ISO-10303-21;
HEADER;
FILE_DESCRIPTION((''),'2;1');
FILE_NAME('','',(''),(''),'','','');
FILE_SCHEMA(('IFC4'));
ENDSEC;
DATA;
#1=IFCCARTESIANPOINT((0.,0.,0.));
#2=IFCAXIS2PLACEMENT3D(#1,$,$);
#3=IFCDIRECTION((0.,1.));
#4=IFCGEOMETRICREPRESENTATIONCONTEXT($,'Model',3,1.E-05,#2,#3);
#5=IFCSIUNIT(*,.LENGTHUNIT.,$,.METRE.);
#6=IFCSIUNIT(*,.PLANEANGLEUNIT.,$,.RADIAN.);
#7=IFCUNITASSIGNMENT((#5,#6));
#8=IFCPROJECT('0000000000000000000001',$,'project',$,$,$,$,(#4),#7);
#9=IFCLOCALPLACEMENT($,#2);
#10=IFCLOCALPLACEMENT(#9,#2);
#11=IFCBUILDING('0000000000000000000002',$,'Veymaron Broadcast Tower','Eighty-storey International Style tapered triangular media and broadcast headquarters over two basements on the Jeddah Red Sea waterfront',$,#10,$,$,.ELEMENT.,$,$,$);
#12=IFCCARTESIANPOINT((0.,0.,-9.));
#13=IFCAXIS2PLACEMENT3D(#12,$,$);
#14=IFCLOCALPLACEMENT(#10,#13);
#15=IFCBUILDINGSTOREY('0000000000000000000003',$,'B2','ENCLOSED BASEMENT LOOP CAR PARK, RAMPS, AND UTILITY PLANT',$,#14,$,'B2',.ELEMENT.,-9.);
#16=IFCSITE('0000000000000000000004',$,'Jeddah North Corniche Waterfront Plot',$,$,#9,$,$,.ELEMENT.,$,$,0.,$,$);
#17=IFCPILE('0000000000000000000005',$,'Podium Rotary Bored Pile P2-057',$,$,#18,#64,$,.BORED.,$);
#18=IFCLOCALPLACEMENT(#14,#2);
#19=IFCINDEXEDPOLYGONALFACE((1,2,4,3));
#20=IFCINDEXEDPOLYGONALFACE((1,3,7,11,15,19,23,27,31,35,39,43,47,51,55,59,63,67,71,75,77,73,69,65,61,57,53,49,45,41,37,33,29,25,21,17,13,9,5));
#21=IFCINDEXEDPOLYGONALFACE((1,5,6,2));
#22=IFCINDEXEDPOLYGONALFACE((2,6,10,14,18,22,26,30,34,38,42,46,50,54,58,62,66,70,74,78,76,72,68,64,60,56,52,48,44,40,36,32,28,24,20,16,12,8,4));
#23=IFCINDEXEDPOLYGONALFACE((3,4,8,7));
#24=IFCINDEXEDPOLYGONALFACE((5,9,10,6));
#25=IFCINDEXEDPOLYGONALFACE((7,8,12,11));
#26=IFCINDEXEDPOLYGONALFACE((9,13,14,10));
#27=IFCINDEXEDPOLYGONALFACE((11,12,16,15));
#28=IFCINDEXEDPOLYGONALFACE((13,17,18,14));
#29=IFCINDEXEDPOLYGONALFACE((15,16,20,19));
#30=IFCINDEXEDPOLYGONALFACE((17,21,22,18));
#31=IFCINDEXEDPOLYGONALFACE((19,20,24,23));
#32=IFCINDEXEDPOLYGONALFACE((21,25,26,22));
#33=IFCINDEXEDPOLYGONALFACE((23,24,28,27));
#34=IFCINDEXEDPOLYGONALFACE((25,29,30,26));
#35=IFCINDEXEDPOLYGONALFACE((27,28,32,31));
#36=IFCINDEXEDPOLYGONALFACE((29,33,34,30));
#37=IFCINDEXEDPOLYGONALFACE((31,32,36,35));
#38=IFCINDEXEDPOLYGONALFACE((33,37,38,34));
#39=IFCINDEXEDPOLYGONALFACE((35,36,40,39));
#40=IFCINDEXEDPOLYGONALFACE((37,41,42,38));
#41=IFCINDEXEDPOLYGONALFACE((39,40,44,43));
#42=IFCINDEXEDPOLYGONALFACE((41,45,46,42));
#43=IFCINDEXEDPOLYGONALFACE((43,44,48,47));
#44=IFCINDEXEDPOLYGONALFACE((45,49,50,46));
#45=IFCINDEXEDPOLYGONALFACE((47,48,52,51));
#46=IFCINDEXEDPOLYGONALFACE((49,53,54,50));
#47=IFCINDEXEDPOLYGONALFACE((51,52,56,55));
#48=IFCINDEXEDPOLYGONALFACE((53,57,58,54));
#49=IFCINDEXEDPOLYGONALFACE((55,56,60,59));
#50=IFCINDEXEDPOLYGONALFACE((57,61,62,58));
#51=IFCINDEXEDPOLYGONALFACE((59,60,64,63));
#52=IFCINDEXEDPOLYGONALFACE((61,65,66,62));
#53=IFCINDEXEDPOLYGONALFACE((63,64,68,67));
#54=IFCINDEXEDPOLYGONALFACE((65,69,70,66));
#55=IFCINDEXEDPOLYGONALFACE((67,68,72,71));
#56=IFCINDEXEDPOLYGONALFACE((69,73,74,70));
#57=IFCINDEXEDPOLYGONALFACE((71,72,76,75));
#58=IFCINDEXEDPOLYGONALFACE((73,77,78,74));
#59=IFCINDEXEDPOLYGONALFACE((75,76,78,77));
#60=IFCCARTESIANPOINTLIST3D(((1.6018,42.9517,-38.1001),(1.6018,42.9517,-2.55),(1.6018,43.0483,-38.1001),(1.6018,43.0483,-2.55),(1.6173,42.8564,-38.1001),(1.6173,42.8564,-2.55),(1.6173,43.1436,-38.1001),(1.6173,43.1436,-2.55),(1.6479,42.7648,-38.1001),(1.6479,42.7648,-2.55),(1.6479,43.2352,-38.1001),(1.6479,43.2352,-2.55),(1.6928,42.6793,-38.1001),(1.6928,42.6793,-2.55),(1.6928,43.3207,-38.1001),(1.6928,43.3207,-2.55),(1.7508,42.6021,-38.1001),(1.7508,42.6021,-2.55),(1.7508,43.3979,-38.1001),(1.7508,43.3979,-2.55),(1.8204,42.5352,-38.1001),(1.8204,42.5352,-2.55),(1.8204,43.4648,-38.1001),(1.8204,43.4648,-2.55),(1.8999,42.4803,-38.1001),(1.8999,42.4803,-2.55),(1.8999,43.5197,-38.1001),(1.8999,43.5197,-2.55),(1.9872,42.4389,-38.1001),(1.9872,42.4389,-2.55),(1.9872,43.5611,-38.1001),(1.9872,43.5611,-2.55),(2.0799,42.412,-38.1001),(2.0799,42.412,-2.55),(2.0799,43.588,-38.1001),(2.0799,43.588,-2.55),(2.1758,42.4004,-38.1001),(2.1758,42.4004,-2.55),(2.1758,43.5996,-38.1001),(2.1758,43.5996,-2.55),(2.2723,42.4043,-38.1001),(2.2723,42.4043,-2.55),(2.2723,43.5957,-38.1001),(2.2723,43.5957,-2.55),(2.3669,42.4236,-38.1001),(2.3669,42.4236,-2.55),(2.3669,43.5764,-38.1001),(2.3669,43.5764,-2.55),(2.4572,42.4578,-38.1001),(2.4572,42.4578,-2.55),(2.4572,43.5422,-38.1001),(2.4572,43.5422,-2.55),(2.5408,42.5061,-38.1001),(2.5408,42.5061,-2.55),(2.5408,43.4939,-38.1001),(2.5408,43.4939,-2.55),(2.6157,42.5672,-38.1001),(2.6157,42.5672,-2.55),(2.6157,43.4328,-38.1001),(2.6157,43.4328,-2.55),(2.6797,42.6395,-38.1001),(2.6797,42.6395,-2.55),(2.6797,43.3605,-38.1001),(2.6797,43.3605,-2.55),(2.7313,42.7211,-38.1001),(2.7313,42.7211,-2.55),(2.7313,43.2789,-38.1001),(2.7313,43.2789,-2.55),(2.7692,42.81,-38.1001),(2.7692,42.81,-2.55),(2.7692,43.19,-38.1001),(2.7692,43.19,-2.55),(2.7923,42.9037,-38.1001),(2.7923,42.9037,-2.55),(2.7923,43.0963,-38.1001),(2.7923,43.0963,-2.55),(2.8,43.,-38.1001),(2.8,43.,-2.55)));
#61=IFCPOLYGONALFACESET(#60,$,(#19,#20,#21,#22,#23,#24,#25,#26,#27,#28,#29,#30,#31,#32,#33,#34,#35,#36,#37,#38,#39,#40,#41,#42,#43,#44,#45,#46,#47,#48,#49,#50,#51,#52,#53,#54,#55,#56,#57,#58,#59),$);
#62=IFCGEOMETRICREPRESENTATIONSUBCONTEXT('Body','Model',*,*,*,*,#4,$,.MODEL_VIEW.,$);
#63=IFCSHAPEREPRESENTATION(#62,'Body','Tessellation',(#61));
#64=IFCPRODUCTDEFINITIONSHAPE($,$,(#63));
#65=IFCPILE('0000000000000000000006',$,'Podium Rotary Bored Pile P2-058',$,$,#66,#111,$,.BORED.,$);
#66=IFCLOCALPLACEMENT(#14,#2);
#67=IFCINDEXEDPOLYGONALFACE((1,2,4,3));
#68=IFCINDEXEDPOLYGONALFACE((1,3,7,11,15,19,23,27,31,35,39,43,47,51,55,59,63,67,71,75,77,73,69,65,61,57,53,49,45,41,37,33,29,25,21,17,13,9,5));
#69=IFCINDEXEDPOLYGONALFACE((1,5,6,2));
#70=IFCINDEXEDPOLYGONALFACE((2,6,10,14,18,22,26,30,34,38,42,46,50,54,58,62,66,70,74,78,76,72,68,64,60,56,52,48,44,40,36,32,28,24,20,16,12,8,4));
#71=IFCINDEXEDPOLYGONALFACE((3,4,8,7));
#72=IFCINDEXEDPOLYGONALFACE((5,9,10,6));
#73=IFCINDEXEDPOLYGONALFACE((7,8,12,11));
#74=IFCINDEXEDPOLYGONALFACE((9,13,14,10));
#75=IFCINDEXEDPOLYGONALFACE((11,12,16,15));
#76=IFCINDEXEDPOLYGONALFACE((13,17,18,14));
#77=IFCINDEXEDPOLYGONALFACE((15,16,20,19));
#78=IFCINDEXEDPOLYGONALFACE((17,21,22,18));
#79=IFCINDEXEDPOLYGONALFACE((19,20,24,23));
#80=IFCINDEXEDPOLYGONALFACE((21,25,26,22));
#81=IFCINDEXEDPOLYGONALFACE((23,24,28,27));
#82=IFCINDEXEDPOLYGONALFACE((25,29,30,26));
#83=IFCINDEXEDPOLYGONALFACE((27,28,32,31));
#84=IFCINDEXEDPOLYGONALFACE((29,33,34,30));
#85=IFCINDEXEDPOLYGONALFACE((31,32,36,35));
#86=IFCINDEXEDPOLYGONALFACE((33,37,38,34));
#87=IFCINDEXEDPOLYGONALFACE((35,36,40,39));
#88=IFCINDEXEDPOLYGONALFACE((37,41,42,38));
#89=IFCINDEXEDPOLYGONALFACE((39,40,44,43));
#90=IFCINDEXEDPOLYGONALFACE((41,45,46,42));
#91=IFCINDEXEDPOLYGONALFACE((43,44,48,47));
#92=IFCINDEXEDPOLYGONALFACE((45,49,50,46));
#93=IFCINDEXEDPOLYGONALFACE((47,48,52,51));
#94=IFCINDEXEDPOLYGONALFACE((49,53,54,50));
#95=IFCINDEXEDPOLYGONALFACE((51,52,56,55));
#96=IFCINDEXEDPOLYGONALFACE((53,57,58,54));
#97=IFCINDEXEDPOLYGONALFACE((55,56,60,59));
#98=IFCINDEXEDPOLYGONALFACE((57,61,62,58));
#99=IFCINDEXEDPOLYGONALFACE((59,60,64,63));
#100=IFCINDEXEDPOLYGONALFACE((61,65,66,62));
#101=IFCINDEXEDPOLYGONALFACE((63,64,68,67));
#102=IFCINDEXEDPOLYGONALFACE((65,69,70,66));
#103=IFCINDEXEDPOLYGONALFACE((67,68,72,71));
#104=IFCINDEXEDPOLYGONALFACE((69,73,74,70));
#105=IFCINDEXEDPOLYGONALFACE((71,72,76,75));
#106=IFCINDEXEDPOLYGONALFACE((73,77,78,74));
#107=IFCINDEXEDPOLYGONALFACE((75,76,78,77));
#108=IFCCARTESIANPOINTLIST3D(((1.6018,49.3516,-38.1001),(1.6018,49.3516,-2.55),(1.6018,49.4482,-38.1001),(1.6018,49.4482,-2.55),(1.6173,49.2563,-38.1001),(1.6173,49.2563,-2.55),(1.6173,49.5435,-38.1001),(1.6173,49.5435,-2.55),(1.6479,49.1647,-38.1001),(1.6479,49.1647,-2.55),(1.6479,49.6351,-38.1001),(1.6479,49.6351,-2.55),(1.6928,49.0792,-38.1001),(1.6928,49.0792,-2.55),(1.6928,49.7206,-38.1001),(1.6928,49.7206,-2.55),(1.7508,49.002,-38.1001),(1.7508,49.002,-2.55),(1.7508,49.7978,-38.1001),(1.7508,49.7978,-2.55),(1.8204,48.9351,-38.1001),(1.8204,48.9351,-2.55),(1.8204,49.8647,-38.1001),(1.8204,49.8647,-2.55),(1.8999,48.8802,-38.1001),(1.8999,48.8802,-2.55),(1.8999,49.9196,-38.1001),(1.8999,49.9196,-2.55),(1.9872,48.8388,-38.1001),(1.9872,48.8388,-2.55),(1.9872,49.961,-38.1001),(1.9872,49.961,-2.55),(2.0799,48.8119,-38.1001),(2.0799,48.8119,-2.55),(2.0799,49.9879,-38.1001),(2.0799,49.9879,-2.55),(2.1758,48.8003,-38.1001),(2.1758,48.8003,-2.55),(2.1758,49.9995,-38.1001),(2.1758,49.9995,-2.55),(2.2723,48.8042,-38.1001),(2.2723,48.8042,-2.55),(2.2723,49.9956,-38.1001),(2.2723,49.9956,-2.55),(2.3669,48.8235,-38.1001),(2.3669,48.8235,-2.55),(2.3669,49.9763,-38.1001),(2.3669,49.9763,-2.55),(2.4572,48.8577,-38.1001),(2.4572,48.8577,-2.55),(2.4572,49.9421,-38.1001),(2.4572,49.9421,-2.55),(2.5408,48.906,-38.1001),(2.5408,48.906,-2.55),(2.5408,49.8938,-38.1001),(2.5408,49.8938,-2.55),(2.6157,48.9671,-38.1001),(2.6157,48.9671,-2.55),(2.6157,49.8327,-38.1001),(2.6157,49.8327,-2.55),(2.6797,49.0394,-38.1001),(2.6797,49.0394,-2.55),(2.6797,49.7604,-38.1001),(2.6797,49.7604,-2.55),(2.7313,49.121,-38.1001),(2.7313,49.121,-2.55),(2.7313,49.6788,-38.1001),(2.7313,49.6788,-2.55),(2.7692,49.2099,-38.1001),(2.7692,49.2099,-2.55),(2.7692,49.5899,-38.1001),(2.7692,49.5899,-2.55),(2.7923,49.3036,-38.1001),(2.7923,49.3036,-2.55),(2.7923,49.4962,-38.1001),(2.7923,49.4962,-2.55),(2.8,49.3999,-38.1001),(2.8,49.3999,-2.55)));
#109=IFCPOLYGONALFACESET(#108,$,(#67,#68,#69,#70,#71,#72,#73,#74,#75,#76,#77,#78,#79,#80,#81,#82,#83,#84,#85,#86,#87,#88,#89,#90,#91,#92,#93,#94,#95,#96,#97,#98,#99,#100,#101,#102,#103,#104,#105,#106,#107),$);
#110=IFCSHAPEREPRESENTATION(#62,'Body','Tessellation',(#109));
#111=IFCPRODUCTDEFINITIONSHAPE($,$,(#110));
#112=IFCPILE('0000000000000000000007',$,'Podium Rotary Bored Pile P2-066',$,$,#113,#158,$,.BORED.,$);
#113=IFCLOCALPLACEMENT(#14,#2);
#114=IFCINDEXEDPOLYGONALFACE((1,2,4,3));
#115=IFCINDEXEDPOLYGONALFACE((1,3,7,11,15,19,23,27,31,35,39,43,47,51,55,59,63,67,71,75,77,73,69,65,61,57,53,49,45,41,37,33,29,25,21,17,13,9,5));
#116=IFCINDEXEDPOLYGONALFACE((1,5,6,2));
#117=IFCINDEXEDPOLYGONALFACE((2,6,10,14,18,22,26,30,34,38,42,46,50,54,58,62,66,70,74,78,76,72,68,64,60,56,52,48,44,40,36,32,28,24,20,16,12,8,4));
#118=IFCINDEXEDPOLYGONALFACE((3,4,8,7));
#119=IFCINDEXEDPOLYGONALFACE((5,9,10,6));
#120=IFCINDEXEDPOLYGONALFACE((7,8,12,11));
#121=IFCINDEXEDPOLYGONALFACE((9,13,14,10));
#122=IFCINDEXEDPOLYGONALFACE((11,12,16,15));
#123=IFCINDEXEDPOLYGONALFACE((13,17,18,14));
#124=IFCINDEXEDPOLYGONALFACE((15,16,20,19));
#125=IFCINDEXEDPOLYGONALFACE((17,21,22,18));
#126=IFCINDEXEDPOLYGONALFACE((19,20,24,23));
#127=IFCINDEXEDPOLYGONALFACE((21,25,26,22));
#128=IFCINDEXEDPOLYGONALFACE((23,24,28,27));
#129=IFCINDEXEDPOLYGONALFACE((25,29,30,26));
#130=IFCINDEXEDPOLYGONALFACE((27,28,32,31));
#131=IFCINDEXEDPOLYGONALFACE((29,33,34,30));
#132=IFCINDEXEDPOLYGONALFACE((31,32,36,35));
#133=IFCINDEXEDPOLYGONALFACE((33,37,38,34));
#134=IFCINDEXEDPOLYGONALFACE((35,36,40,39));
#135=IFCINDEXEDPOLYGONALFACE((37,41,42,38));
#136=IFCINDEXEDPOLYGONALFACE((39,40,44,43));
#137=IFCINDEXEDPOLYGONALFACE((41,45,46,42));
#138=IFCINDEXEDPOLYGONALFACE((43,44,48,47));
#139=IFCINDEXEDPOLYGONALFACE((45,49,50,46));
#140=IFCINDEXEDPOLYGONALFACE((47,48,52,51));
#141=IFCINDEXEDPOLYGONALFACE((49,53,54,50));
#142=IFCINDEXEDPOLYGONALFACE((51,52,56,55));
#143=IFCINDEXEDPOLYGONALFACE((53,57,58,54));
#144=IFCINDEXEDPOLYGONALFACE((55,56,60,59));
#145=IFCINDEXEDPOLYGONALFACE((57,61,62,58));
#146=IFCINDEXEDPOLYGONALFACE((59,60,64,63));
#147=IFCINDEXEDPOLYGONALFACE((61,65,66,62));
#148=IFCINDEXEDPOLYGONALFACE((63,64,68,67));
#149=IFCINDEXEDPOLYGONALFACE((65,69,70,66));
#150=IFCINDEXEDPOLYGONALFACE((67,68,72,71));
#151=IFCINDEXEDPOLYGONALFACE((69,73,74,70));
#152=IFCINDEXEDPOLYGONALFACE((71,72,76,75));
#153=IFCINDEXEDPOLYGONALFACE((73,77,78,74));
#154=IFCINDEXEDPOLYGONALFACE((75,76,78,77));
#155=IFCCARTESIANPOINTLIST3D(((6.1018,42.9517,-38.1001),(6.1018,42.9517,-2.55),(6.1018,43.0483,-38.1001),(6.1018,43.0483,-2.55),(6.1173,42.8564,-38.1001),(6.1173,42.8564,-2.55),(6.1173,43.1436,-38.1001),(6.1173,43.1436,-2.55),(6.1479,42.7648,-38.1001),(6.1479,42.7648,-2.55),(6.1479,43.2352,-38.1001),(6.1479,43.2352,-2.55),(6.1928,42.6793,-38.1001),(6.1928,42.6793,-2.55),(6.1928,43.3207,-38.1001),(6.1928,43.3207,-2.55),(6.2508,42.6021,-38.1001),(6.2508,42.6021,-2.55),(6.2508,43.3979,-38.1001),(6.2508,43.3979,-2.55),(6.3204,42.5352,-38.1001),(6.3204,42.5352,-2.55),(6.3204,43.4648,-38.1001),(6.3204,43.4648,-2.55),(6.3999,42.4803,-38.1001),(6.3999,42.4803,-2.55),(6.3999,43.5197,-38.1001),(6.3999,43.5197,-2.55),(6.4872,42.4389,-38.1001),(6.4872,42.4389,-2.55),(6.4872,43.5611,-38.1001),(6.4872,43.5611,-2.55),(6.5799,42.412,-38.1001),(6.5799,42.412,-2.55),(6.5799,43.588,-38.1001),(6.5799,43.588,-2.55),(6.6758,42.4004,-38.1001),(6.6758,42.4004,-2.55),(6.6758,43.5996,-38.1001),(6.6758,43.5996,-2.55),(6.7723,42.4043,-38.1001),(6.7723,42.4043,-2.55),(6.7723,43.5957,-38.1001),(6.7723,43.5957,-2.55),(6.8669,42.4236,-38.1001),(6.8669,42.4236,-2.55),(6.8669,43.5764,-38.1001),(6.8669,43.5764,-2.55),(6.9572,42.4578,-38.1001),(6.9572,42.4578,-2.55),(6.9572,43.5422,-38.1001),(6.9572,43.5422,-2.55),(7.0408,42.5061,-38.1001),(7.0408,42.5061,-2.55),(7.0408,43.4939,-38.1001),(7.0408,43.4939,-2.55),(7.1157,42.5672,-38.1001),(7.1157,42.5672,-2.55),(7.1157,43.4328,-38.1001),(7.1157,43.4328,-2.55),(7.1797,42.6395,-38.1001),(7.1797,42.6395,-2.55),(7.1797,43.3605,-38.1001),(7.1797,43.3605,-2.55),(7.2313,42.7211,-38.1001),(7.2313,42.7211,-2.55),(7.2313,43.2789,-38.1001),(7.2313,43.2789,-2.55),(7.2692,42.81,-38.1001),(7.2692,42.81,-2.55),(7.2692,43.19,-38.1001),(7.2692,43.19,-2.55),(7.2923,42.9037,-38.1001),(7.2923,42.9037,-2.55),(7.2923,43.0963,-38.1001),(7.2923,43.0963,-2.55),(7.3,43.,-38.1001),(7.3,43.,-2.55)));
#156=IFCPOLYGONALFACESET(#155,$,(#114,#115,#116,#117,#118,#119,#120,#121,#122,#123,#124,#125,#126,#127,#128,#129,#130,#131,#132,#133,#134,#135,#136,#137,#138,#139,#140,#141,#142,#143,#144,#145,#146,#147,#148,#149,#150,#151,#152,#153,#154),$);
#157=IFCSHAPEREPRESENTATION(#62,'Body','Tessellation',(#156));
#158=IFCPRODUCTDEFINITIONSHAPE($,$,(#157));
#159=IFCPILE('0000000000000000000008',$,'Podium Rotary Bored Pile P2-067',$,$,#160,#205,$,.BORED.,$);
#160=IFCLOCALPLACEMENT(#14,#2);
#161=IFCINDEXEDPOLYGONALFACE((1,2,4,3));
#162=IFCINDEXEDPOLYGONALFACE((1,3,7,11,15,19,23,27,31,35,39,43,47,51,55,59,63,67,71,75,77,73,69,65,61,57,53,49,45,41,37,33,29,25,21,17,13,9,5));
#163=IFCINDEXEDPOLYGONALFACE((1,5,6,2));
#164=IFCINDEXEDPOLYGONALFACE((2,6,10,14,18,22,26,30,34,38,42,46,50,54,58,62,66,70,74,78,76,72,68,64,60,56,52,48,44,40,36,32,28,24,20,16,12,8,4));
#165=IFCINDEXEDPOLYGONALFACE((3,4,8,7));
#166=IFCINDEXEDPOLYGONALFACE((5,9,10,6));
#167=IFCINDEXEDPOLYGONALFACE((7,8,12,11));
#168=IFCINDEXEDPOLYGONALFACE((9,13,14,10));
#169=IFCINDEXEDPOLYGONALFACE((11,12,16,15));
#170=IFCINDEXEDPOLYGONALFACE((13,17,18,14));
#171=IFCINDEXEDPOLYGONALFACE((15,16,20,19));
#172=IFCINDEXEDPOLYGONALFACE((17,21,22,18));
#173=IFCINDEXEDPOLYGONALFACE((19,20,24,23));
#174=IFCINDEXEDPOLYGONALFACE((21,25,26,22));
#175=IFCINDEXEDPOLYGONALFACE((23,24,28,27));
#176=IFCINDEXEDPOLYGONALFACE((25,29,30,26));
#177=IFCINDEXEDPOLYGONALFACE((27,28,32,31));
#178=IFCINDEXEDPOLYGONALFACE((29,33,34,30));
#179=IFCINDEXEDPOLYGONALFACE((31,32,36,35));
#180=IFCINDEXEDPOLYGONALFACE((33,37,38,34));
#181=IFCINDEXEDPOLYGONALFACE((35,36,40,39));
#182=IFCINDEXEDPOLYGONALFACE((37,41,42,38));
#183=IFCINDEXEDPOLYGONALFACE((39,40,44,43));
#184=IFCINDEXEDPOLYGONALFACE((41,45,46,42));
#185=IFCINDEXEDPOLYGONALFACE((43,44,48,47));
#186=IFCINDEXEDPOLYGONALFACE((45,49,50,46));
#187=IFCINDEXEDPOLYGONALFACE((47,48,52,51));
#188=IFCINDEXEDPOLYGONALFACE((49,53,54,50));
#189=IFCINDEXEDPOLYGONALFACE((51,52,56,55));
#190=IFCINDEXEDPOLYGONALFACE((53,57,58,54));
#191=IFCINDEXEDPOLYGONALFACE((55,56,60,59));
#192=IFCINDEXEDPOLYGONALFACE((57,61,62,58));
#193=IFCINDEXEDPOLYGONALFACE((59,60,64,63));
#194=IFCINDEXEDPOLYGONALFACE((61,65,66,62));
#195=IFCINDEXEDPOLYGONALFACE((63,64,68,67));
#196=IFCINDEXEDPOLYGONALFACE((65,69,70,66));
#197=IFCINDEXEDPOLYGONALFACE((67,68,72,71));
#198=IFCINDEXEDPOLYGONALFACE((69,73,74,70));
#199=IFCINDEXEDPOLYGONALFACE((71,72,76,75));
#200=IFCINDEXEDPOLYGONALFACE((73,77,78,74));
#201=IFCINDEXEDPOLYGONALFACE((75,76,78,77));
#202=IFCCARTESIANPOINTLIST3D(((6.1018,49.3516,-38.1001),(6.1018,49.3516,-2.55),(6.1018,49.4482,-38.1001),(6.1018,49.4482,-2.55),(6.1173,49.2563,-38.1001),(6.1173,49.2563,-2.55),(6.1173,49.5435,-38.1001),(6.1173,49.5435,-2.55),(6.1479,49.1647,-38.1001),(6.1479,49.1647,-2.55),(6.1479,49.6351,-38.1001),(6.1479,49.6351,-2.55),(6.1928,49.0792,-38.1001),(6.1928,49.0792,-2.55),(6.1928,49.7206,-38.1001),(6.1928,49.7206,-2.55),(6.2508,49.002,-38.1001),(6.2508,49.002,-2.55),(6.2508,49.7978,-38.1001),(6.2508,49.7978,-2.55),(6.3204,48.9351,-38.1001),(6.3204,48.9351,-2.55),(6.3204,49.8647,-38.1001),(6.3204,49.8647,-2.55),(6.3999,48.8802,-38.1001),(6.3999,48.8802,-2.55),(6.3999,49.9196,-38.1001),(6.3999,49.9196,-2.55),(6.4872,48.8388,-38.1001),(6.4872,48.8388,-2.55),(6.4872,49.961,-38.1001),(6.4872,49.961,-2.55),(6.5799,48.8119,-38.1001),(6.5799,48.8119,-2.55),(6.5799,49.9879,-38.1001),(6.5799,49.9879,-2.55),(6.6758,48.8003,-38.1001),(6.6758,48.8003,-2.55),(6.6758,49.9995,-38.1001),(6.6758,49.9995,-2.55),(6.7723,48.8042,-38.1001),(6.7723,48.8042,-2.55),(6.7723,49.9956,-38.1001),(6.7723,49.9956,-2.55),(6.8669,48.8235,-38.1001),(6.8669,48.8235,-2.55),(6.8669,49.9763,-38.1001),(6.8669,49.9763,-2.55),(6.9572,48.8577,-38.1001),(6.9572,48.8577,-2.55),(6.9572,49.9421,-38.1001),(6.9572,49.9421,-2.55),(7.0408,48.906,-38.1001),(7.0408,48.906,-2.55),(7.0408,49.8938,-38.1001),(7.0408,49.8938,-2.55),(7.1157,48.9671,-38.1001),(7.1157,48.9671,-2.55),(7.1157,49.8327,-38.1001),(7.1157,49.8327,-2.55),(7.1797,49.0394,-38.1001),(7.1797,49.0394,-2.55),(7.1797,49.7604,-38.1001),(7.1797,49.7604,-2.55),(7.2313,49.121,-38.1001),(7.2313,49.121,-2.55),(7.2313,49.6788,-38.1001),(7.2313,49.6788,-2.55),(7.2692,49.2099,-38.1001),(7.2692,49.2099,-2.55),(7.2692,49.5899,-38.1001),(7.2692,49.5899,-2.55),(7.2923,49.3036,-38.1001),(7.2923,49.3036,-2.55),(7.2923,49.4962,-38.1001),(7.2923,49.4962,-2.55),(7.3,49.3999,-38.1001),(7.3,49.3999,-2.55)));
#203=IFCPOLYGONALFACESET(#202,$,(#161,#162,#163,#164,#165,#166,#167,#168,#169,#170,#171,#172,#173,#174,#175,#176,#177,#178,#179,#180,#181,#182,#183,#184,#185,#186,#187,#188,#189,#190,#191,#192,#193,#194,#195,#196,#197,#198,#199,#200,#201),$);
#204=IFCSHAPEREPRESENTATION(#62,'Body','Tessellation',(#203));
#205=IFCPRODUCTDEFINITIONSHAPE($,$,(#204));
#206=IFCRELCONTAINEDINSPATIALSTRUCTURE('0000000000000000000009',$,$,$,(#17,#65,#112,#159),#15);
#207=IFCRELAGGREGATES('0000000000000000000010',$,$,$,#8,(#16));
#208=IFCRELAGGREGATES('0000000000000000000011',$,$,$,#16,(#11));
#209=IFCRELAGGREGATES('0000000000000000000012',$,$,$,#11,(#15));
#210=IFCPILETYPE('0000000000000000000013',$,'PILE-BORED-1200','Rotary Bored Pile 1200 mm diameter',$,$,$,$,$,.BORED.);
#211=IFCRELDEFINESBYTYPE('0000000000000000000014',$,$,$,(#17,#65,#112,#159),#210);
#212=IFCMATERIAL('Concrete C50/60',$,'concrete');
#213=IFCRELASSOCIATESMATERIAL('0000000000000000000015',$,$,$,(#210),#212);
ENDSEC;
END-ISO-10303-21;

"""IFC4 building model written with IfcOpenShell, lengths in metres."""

from ifc_helpers import new_model, si_unit, direction, frame, origin, origin_2d, place, context, subcontext, project, spatial, circle, extrude, material, material_profile, profile_set, type_object, element, save


model = new_model("IFC4")

# Units and contexts
model_context = context("Model", 3, precision=1e-05, world=origin(), true_north=direction((0.0, 1.0)))
body_context = subcontext(model_context, "Body", "Model", "MODEL_VIEW")
ifc_project = project(units=[si_unit("LENGTHUNIT", "METRE"), si_unit("PLANEANGLEUNIT", "RADIAN")], contexts=[model_context])

# Site, building, storey
site_placement = place(None, origin())
site = spatial("IfcSite", under=ifc_project, at=site_placement, Name="Jeddah North Corniche Waterfront Plot", CompositionType="ELEMENT", RefElevation=0.0)
building_placement = place(site_placement, origin())
building = spatial("IfcBuilding", under=site, at=building_placement, Name="Veymaron Broadcast Tower", Description="Eighty-storey International Style tapered triangular media and broadcast headquarters over two basements on the Jeddah Red Sea waterfront", CompositionType="ELEMENT")
storey_placement = place(building_placement, frame((0.0, 0.0, -9.0)))
storey = spatial("IfcBuildingStorey", under=building, at=storey_placement, Name="B2", Description="ENCLOSED BASEMENT LOOP CAR PARK, RAMPS, AND UTILITY PLANT", LongName="B2", CompositionType="ELEMENT", Elevation=-9.0)

# Piles
ifc_material_1 = material(Name="Concrete C50/60", Category="concrete")
ifc_material_profile_1 = material_profile(ifc_material_1, circle(Radius=0.6001, at=origin_2d()), Name="PILE1200")
ifc_profile_set_1 = profile_set([ifc_material_profile_1], Name="Concrete C50/60")
pile_type = type_object("IfcPileType", Name="PILE-BORED-1200", Description="Rotary Bored Pile 1200 mm diameter", PredefinedType="BORED", material=ifc_profile_set_1)
for number, where, z_axis, x_axis, name in (
    (1, (2.2, 43.0, -2.55), (0.0, 0.0, -1.0), (1.0, 0.0, 0.0), "Podium Rotary Bored Pile P2-057"),
    (2, (2.2, 49.3999, -2.55), (0.0, 0.0, -1.0), (1.0, 0.0, 0.0), "Podium Rotary Bored Pile P2-058"),
    (3, (6.7, 43.0, -2.55), (0.0, 0.0, -1.0), (1.0, 0.0, 0.0), "Podium Rotary Bored Pile P2-066"),
    (4, (6.7, 49.3999, -2.55), (0.0, 0.0, -1.0), (1.0, 0.0, 0.0), "Podium Rotary Bored Pile P2-067"),
):
    element("IfcPile", number, at=place(storey_placement, frame(where, z_axis=z_axis, x_axis=x_axis)), inside=storey, type_object=pile_type, Name=name, PredefinedType="BORED", context=body_context, shape_type="SweptSolid", body=[
        extrude(circle(Radius=0.6001, at=origin_2d()), origin(), (0.0, 0.0, 1.0), 35.55),
    ])

save(model, "model.ifc")
